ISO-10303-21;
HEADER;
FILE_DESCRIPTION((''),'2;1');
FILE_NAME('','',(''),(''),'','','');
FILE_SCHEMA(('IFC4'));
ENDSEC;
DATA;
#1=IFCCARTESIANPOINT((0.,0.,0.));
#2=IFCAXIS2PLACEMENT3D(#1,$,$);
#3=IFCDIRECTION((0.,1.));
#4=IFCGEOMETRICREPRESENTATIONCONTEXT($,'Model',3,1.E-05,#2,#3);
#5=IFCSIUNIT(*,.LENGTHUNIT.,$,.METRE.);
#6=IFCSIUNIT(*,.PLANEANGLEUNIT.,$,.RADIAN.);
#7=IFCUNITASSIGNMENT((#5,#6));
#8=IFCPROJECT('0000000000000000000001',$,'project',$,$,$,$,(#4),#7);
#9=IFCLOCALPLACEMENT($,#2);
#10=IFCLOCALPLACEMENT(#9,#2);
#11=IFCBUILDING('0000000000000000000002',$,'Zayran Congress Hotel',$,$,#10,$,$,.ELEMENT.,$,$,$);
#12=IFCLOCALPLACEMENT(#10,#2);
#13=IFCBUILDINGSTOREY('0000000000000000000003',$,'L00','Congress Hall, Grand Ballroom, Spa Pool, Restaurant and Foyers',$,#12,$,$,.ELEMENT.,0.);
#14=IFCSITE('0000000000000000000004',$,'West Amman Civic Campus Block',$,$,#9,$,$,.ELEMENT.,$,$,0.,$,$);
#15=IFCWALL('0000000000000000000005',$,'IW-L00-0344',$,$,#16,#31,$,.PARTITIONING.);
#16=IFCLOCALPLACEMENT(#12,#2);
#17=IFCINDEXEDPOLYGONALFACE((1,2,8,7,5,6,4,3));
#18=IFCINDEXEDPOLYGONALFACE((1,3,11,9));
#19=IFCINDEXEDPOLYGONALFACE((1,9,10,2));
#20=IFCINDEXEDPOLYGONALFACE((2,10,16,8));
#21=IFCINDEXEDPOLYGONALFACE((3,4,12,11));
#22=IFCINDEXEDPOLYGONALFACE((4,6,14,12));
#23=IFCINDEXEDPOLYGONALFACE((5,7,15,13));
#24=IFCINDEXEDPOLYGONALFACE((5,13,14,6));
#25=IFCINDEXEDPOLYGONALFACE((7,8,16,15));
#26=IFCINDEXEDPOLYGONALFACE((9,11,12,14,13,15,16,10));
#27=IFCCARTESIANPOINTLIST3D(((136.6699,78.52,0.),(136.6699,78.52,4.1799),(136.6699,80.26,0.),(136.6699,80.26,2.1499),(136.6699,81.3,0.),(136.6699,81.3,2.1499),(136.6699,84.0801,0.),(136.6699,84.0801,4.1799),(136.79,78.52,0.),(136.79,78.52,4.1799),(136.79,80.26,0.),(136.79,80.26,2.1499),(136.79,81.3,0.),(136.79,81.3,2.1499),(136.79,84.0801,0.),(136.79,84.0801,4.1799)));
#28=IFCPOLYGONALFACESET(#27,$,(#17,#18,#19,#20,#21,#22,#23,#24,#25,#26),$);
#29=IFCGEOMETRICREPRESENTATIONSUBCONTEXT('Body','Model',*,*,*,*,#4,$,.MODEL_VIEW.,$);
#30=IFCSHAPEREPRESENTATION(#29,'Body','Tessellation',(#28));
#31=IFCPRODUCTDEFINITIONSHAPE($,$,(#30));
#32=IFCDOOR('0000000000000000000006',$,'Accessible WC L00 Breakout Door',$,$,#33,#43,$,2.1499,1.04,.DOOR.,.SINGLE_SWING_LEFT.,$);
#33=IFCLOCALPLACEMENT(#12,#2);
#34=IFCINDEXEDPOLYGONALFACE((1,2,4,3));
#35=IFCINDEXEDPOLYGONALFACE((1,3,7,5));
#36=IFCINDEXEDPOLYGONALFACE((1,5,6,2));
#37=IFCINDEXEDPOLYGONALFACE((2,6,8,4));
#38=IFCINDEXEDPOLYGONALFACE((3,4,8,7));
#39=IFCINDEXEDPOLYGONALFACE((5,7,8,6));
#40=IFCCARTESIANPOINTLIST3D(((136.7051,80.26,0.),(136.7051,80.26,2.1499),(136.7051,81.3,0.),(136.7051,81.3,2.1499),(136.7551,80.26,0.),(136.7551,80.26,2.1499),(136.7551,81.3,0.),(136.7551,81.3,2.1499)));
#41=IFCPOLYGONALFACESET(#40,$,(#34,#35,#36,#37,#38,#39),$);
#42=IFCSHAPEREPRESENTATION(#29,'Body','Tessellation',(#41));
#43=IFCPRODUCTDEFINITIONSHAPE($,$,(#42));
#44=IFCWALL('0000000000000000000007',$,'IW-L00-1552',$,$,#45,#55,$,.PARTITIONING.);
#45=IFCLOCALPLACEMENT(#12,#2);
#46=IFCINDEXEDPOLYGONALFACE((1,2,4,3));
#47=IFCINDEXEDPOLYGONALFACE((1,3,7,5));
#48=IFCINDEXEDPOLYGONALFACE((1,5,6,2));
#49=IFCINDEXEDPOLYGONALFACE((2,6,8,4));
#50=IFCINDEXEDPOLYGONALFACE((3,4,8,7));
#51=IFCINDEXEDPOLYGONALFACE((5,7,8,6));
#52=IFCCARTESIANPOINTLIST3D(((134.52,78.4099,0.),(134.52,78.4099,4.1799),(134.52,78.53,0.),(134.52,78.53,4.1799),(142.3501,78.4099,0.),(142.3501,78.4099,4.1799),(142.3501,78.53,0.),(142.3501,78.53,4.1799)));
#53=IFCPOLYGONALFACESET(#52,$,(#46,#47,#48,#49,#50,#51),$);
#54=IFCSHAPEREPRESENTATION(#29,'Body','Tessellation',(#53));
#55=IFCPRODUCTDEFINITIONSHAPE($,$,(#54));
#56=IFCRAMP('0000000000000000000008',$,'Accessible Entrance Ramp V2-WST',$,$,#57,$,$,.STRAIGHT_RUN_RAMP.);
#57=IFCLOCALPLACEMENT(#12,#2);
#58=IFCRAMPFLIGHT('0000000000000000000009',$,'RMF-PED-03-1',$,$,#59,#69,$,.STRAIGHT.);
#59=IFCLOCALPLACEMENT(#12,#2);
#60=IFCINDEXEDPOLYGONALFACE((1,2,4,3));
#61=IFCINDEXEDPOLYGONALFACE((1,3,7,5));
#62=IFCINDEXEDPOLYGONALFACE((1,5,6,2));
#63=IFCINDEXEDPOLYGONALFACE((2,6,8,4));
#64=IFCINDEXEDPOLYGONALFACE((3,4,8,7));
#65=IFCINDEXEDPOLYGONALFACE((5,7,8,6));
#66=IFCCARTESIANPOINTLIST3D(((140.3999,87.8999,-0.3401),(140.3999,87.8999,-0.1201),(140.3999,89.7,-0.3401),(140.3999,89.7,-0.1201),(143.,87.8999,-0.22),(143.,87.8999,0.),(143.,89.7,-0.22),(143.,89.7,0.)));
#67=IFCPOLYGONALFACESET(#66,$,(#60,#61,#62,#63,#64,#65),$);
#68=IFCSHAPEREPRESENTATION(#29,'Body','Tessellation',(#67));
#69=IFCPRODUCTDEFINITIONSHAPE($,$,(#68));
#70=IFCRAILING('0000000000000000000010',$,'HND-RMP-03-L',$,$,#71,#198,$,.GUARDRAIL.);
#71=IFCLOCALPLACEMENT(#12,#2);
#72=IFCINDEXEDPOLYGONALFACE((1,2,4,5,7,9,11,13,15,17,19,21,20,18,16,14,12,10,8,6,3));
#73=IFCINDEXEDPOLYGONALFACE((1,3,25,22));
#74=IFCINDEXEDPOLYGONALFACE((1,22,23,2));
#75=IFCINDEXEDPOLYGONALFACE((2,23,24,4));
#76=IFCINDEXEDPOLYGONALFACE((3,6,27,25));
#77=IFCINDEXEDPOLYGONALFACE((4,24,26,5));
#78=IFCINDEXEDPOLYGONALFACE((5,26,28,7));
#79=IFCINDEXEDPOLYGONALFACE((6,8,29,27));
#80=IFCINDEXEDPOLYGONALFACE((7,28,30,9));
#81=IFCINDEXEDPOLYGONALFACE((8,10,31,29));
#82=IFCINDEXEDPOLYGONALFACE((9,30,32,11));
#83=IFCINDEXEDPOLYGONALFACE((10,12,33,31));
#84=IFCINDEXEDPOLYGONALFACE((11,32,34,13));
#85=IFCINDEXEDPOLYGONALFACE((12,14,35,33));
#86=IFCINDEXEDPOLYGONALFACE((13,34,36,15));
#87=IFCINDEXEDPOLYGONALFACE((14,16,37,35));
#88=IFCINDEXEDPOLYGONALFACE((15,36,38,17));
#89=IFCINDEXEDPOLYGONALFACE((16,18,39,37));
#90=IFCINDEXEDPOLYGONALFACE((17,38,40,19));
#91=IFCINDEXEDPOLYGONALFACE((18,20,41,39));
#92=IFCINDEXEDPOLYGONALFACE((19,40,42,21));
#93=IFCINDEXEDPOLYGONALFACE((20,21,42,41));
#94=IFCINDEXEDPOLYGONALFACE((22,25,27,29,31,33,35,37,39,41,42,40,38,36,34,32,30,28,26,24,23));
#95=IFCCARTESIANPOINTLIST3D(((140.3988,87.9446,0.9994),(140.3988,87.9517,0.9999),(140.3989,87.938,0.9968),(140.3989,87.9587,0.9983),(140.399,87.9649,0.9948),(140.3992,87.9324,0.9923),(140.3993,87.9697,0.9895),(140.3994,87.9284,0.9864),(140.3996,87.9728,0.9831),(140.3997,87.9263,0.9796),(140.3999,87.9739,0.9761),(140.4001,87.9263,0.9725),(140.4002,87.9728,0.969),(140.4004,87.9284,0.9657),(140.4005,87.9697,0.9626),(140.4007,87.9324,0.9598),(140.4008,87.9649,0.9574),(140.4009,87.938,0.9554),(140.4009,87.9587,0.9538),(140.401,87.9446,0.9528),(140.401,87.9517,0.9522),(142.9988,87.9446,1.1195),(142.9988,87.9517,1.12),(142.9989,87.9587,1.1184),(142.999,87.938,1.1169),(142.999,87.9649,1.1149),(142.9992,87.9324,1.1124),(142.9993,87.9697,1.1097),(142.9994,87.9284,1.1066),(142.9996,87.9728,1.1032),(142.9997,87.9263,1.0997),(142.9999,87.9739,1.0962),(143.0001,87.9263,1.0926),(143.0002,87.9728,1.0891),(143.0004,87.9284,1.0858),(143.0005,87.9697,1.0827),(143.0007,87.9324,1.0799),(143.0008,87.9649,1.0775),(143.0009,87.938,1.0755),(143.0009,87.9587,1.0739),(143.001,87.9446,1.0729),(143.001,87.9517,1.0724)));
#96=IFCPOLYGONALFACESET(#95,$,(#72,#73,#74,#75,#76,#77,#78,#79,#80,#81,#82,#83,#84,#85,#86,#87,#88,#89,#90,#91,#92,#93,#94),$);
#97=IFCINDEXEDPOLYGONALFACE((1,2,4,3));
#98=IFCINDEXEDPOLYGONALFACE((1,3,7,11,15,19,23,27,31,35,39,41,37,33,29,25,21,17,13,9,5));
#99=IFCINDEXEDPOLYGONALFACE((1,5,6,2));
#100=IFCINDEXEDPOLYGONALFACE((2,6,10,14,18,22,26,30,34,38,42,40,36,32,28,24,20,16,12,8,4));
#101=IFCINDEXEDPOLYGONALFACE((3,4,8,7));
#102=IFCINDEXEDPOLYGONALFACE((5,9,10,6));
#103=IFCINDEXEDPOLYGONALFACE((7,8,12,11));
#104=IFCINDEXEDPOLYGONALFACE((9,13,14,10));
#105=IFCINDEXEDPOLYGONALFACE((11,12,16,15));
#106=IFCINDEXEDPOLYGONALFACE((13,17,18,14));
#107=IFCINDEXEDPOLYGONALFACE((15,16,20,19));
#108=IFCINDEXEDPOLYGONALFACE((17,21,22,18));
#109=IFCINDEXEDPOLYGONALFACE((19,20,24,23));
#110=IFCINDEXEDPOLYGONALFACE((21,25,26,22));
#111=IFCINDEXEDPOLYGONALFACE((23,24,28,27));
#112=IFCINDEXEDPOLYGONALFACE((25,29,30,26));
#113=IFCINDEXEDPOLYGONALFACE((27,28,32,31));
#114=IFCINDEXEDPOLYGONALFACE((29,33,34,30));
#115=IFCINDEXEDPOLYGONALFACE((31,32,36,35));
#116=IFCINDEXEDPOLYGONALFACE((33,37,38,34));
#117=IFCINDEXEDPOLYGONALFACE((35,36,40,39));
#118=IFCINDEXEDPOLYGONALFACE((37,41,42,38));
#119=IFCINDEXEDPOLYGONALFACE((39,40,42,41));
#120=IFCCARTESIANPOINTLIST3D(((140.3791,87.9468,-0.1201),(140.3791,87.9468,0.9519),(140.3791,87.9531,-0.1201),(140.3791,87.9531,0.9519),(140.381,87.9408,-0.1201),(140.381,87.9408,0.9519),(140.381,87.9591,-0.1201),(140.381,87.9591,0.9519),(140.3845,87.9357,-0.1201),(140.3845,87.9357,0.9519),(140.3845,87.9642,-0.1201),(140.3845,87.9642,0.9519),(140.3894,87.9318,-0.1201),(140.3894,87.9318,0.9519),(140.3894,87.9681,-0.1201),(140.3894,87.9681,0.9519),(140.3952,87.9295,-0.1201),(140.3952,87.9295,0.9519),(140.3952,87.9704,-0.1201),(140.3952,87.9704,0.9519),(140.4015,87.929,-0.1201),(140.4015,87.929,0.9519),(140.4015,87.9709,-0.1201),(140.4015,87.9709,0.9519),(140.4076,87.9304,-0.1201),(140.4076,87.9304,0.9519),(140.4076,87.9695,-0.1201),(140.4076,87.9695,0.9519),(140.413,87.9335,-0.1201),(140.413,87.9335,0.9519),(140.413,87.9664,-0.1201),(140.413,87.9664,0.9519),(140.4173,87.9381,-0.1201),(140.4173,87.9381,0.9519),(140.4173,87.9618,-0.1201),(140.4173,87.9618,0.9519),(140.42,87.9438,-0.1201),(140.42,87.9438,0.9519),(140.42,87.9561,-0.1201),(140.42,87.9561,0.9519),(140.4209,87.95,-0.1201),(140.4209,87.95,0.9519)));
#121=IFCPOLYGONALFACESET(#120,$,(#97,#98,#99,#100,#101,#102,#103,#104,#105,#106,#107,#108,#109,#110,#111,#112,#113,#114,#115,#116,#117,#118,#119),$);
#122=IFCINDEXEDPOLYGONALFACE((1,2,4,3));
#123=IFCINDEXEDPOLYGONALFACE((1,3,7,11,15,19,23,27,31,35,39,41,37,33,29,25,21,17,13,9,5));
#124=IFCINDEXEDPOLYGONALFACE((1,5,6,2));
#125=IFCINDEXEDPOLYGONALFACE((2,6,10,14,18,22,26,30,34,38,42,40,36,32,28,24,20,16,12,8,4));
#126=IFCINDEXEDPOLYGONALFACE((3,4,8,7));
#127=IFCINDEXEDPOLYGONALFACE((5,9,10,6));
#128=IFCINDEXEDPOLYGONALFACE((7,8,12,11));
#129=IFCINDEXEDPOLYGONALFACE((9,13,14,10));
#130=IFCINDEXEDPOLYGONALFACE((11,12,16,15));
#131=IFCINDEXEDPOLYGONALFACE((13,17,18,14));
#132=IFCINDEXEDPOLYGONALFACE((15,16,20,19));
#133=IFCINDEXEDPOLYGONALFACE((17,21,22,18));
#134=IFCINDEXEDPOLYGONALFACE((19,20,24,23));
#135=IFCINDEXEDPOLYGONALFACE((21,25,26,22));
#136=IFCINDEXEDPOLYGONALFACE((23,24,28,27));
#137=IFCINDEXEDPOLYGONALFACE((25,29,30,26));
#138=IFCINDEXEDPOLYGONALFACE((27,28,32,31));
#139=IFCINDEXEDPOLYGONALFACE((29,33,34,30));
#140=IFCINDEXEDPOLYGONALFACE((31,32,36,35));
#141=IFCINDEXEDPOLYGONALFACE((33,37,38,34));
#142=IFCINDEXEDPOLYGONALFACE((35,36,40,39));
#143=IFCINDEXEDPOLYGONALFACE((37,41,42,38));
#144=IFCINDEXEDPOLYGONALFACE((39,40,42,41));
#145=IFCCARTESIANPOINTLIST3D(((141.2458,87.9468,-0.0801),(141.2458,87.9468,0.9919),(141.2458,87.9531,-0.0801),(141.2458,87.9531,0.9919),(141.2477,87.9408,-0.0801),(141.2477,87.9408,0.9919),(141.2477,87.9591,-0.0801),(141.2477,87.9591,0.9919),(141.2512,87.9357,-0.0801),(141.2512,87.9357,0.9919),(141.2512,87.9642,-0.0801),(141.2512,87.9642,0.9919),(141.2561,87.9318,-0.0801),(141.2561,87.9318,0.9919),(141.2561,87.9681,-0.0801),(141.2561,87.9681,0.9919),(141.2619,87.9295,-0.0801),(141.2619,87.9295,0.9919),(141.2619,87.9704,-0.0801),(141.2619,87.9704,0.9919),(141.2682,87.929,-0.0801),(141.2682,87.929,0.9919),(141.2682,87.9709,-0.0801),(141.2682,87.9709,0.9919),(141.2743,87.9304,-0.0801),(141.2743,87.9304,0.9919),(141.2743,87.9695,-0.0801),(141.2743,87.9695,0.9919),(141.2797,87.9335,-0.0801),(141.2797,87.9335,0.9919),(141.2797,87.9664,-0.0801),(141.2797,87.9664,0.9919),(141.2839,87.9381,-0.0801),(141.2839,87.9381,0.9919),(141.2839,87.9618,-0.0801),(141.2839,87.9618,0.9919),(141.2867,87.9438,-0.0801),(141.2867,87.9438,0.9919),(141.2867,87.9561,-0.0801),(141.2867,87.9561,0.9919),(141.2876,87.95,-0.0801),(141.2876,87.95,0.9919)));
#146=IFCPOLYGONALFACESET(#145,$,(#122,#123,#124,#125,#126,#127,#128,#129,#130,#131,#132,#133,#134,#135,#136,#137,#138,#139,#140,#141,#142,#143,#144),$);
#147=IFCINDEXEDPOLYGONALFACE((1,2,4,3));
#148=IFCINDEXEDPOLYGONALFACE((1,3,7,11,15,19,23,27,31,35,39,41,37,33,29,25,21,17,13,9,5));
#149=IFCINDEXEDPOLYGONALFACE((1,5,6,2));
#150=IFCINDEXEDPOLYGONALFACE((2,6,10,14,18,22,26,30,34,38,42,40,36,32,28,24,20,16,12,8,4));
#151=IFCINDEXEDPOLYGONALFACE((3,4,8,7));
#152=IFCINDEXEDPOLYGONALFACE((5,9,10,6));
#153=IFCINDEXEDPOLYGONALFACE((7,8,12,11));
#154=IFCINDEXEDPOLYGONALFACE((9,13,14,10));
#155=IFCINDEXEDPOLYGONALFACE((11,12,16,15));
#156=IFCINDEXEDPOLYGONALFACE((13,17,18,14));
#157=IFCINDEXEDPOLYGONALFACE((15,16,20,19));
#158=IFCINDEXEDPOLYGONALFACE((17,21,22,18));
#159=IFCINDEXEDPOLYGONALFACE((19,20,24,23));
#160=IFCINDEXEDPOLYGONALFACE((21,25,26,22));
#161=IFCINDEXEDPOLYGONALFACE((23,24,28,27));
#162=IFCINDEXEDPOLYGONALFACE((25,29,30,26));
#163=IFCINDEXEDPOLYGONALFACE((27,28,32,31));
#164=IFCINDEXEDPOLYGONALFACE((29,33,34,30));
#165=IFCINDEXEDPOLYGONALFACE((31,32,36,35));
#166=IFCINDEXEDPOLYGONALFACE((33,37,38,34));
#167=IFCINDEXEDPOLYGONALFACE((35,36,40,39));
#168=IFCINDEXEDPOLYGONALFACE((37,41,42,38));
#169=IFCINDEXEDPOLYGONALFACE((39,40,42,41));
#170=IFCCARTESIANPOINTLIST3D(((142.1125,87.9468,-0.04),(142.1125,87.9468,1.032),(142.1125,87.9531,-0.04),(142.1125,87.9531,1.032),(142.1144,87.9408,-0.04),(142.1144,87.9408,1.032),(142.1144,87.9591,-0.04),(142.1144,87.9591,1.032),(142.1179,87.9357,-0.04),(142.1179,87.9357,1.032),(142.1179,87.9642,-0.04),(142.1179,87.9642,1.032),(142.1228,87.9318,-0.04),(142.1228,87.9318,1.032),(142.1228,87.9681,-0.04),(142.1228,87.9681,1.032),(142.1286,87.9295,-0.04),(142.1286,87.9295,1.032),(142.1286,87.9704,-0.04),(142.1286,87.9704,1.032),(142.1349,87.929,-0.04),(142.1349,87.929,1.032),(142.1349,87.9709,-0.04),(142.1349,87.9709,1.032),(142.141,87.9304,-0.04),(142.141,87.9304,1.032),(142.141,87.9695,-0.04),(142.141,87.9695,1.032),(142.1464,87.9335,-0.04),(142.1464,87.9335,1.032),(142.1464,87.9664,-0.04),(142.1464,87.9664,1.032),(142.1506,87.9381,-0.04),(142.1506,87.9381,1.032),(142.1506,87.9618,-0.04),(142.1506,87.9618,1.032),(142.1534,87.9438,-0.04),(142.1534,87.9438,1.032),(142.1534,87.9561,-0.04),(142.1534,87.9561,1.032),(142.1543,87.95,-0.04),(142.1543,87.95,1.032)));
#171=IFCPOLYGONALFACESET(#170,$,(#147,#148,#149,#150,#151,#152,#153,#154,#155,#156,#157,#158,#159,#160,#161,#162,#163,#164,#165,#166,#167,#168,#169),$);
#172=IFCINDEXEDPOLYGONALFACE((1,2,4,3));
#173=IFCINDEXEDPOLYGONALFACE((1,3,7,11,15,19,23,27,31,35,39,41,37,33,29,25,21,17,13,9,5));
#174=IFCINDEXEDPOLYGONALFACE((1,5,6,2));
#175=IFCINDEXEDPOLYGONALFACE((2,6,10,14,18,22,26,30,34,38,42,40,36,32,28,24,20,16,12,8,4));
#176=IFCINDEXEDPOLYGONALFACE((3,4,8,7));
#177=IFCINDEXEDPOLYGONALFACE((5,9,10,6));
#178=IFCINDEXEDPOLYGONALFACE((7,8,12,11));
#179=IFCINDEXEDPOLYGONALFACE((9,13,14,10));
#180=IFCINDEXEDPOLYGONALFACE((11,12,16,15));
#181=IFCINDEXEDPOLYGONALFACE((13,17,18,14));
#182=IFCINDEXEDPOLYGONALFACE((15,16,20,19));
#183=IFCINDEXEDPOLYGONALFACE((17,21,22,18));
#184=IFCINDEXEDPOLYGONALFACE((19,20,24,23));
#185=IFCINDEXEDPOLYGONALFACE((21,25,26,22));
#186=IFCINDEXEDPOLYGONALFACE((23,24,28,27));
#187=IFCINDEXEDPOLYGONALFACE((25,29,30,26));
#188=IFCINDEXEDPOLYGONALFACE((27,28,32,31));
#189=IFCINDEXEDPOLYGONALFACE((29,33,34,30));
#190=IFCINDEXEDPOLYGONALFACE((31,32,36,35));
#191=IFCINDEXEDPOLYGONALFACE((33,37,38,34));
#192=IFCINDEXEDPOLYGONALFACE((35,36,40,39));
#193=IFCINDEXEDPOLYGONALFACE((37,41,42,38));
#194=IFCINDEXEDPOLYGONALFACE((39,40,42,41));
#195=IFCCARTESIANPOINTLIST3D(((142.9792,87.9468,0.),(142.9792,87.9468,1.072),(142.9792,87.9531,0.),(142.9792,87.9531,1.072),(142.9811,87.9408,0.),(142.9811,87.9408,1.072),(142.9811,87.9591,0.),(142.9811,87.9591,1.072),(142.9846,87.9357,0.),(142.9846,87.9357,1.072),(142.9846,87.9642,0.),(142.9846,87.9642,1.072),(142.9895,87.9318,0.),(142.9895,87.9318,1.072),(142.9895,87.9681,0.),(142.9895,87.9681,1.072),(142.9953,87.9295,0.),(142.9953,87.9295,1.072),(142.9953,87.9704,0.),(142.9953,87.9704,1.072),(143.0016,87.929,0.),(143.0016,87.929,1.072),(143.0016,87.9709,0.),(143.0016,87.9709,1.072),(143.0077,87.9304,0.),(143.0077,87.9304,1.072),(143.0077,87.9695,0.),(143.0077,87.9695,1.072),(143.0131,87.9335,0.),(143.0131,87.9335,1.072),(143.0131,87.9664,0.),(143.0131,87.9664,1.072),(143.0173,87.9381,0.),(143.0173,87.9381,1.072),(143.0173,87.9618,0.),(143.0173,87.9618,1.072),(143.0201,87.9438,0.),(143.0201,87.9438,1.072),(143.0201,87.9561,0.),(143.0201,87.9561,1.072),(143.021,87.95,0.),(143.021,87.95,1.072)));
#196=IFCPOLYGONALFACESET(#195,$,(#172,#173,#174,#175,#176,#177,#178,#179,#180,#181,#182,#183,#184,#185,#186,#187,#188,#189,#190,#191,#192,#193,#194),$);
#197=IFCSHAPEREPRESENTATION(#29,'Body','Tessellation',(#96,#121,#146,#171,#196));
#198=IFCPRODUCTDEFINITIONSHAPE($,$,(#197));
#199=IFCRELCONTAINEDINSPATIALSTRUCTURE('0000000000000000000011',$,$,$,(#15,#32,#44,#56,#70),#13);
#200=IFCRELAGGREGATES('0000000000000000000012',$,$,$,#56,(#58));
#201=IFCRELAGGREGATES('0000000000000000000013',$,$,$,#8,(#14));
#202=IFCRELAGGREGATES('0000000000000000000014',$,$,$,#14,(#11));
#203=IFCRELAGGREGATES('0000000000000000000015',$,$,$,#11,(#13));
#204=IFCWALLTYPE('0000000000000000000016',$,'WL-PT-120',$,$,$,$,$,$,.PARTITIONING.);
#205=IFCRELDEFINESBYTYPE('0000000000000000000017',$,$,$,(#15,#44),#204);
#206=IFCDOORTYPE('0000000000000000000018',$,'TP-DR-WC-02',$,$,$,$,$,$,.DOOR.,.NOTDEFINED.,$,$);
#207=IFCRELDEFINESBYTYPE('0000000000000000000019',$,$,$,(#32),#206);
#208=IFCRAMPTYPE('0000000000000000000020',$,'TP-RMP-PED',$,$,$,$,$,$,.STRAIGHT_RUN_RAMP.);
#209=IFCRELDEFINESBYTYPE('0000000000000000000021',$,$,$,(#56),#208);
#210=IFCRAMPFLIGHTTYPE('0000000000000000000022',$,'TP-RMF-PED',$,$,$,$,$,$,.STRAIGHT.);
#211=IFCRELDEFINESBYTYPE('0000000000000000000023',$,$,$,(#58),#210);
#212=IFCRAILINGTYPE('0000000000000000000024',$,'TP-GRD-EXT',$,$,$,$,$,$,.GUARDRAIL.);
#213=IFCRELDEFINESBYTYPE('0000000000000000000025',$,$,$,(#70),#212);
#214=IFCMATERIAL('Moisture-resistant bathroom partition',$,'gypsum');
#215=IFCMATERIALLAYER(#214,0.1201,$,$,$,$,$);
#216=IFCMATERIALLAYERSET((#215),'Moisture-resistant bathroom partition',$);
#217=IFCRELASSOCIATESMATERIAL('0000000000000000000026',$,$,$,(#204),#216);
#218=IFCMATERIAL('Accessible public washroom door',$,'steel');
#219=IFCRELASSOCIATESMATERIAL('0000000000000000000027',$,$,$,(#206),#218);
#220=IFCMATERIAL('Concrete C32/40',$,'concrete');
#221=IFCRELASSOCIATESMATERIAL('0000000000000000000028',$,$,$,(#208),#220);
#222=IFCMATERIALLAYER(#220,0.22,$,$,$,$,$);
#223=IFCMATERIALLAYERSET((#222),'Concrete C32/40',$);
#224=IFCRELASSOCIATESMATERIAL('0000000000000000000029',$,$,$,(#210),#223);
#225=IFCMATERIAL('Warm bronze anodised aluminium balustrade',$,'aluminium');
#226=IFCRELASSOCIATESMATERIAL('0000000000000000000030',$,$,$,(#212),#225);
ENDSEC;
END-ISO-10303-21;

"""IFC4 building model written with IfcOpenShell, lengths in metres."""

from ifc_helpers import new_model, si_unit, direction, frame, frame_2d, origin, origin_2d, place, context, subcontext, project, spatial, polyline, rectangle, circle, outline, extrude, material, layer, layer_set, type_object, element, fill, aggregate, save


model = new_model("IFC4")

# Units and contexts
model_context = context("Model", 3, precision=1e-05, world=origin(), true_north=direction((0.0, 1.0)))
body_context = subcontext(model_context, "Body", "Model", "MODEL_VIEW")
ifc_project = project(units=[si_unit("LENGTHUNIT", "METRE"), si_unit("PLANEANGLEUNIT", "RADIAN")], contexts=[model_context])

# Site, building, storey
site_placement = place(None, origin())
site = spatial("IfcSite", under=ifc_project, at=site_placement, Name="West Amman Civic Campus Block", CompositionType="ELEMENT", RefElevation=0.0)
building_placement = place(site_placement, origin())
building = spatial("IfcBuilding", under=site, at=building_placement, Name="Zayran Congress Hotel", CompositionType="ELEMENT")
storey_placement = place(building_placement, origin())
storey = spatial("IfcBuildingStorey", under=building, at=storey_placement, Name="L00", Description="Congress Hall, Grand Ballroom, Spa Pool, Restaurant and Foyers", CompositionType="ELEMENT", Elevation=0.0)

# Wall, opening, door
ifc_material_1 = material(Name="Moisture-resistant bathroom partition", Category="gypsum")
ifc_layer_1 = layer(ifc_material_1, 0.1201)
ifc_layer_set_1 = layer_set([ifc_layer_1], Name="Moisture-resistant bathroom partition")
wall_type_1 = type_object("IfcWallType", Name="WL-PT-120", PredefinedType="PARTITIONING", material=ifc_layer_set_1)
wall_1_placement = place(storey_placement, frame((136.73, 78.52, 0.0), z_axis=(0.0, 0.0, 1.0), x_axis=(0.0, 1.0, 0.0)))
wall_1 = element("IfcWall", 1, at=wall_1_placement, inside=storey, type_object=wall_type_1, Name="IW-L00-0344", PredefinedType="PARTITIONING", context=body_context, shape_type="SweptSolid", body=[
    extrude(rectangle(XDim=5.5601, YDim=0.1201, at=frame_2d((2.78, 0.0))), origin(), (0.0, 0.0, 1.0), 4.1799),
])
opening_1_placement = place(wall_1_placement, frame((1.74, 0.0, 0.0)))
opening_1 = element("IfcOpeningElement", 2, at=opening_1_placement, cuts=wall_1, PredefinedType="OPENING", context=body_context, shape_type="SweptSolid", body=[
    extrude(rectangle(XDim=1.04, YDim=2.1499, at=frame_2d((0.52, 1.075))), frame((0.0, 0.0701, 0.0), z_axis=(0.0, -1.0, 0.0), x_axis=(1.0, 0.0, 0.0)), (0.0, 0.0, 1.0), 0.1401),
])
ifc_material_2 = material(Name="Accessible public washroom door", Category="steel")
door_type_1 = type_object("IfcDoorType", Name="TP-DR-WC-02", OperationType="NOTDEFINED", PredefinedType="DOOR", material=ifc_material_2)
door_1_placement = place(opening_1_placement, origin())
door_1 = element("IfcDoor", 3, at=door_1_placement, inside=storey, type_object=door_type_1, Name="Accessible WC L00 Breakout Door", OperationType="SINGLE_SWING_LEFT", OverallHeight=2.1499, OverallWidth=1.04, PredefinedType="DOOR", context=body_context, shape_type="SweptSolid", body=[
    extrude(rectangle(XDim=1.04, YDim=2.1499, at=frame_2d((0.52, 1.075))), frame((0.0, 0.0249, 0.0), z_axis=(0.0, -1.0, 0.0), x_axis=(1.0, 0.0, 0.0)), (0.0, 0.0, 1.0), 0.05),
])
fill(opening_1, door_1)

# Wall
wall_2_placement = place(storey_placement, frame((134.52, 78.47, 0.0), z_axis=(0.0, 0.0, 1.0), x_axis=(1.0, 0.0, 0.0)))
element("IfcWall", 4, at=wall_2_placement, inside=storey, type_object=wall_type_1, Name="IW-L00-1552", PredefinedType="PARTITIONING", context=body_context, shape_type="SweptSolid", body=[
    extrude(rectangle(XDim=7.8301, YDim=0.1201, at=frame_2d((3.915, 0.0))), origin(), (0.0, 0.0, 1.0), 4.1799),
])

# Ramp, ramp flight
ifc_material_3 = material(Name="Concrete C32/40", Category="concrete")
ramp_type = type_object("IfcRampType", Name="TP-RMP-PED", PredefinedType="STRAIGHT_RUN_RAMP", material=ifc_material_3)
ramp_placement = place(storey_placement, origin())
ramp = element("IfcRamp", 5, at=ramp_placement, inside=storey, type_object=ramp_type, Name="Accessible Entrance Ramp V2-WST", PredefinedType="STRAIGHT_RUN_RAMP")
ifc_layer_2 = layer(ifc_material_3, 0.22)
ifc_layer_set_2 = layer_set([ifc_layer_2], Name="Concrete C32/40")
ramp_flight_type = type_object("IfcRampFlightType", Name="TP-RMF-PED", PredefinedType="STRAIGHT", material=ifc_layer_set_2)
ramp_flight_placement = place(storey_placement, frame((140.3999, 88.8, -0.1201), z_axis=(0.0, 0.0, 1.0), x_axis=(1.0, 0.0, 0.0)))
ramp_flight = element("IfcRampFlight", 6, at=ramp_flight_placement, type_object=ramp_flight_type, Name="RMF-PED-03-1", PredefinedType="STRAIGHT", context=body_context, shape_type="SweptSolid", body=[
    extrude(outline(polyline([(0.0, 0.0), (2.6001, 0.1201), (2.6001, -0.0999), (0.0, -0.22), (0.0, 0.0)])), frame((0.0, 0.8999, 0.0), z_axis=(0.0, -1.0, 0.0), x_axis=(1.0, 0.0, 0.0)), (0.0, 0.0, 1.0), 1.8),
])
aggregate(ramp, [ramp_flight])

# Railing
ifc_material_4 = material(Name="Warm bronze anodised aluminium balustrade", Category="aluminium")
railing_type = type_object("IfcRailingType", Name="TP-GRD-EXT", PredefinedType="GUARDRAIL", material=ifc_material_4)
for number, where, name in (
    (7, (140.3999, 87.95, -0.1201), "HND-RMP-03-L"),
):
    element("IfcRailing", number, at=place(storey_placement, frame(where)), inside=storey, type_object=railing_type, Name=name, PredefinedType="GUARDRAIL", context=body_context, shape_type="SweptSolid", body=[
        extrude(circle(Radius=0.0239, at=origin_2d()), frame((0.0, 0.0, 1.0962), z_axis=(0.998935, 0.0, 0.046148), x_axis=(0.0, 1.0, 0.0)), (0.0, 0.0, 1.0), 2.6028),
        extrude(circle(Radius=0.021, at=origin_2d()), origin(), (0.0, 0.0, 1.0), 1.072),
        extrude(circle(Radius=0.021, at=origin_2d()), frame((0.8667, 0.0, 0.04)), (0.0, 0.0, 1.0), 1.072),
        extrude(circle(Radius=0.021, at=origin_2d()), frame((1.7334, 0.0, 0.0801)), (0.0, 0.0, 1.0), 1.072),
        extrude(circle(Radius=0.021, at=origin_2d()), frame((2.6001, 0.0, 0.1201)), (0.0, 0.0, 1.0), 1.072),
    ])

save(model, "model.ifc")
